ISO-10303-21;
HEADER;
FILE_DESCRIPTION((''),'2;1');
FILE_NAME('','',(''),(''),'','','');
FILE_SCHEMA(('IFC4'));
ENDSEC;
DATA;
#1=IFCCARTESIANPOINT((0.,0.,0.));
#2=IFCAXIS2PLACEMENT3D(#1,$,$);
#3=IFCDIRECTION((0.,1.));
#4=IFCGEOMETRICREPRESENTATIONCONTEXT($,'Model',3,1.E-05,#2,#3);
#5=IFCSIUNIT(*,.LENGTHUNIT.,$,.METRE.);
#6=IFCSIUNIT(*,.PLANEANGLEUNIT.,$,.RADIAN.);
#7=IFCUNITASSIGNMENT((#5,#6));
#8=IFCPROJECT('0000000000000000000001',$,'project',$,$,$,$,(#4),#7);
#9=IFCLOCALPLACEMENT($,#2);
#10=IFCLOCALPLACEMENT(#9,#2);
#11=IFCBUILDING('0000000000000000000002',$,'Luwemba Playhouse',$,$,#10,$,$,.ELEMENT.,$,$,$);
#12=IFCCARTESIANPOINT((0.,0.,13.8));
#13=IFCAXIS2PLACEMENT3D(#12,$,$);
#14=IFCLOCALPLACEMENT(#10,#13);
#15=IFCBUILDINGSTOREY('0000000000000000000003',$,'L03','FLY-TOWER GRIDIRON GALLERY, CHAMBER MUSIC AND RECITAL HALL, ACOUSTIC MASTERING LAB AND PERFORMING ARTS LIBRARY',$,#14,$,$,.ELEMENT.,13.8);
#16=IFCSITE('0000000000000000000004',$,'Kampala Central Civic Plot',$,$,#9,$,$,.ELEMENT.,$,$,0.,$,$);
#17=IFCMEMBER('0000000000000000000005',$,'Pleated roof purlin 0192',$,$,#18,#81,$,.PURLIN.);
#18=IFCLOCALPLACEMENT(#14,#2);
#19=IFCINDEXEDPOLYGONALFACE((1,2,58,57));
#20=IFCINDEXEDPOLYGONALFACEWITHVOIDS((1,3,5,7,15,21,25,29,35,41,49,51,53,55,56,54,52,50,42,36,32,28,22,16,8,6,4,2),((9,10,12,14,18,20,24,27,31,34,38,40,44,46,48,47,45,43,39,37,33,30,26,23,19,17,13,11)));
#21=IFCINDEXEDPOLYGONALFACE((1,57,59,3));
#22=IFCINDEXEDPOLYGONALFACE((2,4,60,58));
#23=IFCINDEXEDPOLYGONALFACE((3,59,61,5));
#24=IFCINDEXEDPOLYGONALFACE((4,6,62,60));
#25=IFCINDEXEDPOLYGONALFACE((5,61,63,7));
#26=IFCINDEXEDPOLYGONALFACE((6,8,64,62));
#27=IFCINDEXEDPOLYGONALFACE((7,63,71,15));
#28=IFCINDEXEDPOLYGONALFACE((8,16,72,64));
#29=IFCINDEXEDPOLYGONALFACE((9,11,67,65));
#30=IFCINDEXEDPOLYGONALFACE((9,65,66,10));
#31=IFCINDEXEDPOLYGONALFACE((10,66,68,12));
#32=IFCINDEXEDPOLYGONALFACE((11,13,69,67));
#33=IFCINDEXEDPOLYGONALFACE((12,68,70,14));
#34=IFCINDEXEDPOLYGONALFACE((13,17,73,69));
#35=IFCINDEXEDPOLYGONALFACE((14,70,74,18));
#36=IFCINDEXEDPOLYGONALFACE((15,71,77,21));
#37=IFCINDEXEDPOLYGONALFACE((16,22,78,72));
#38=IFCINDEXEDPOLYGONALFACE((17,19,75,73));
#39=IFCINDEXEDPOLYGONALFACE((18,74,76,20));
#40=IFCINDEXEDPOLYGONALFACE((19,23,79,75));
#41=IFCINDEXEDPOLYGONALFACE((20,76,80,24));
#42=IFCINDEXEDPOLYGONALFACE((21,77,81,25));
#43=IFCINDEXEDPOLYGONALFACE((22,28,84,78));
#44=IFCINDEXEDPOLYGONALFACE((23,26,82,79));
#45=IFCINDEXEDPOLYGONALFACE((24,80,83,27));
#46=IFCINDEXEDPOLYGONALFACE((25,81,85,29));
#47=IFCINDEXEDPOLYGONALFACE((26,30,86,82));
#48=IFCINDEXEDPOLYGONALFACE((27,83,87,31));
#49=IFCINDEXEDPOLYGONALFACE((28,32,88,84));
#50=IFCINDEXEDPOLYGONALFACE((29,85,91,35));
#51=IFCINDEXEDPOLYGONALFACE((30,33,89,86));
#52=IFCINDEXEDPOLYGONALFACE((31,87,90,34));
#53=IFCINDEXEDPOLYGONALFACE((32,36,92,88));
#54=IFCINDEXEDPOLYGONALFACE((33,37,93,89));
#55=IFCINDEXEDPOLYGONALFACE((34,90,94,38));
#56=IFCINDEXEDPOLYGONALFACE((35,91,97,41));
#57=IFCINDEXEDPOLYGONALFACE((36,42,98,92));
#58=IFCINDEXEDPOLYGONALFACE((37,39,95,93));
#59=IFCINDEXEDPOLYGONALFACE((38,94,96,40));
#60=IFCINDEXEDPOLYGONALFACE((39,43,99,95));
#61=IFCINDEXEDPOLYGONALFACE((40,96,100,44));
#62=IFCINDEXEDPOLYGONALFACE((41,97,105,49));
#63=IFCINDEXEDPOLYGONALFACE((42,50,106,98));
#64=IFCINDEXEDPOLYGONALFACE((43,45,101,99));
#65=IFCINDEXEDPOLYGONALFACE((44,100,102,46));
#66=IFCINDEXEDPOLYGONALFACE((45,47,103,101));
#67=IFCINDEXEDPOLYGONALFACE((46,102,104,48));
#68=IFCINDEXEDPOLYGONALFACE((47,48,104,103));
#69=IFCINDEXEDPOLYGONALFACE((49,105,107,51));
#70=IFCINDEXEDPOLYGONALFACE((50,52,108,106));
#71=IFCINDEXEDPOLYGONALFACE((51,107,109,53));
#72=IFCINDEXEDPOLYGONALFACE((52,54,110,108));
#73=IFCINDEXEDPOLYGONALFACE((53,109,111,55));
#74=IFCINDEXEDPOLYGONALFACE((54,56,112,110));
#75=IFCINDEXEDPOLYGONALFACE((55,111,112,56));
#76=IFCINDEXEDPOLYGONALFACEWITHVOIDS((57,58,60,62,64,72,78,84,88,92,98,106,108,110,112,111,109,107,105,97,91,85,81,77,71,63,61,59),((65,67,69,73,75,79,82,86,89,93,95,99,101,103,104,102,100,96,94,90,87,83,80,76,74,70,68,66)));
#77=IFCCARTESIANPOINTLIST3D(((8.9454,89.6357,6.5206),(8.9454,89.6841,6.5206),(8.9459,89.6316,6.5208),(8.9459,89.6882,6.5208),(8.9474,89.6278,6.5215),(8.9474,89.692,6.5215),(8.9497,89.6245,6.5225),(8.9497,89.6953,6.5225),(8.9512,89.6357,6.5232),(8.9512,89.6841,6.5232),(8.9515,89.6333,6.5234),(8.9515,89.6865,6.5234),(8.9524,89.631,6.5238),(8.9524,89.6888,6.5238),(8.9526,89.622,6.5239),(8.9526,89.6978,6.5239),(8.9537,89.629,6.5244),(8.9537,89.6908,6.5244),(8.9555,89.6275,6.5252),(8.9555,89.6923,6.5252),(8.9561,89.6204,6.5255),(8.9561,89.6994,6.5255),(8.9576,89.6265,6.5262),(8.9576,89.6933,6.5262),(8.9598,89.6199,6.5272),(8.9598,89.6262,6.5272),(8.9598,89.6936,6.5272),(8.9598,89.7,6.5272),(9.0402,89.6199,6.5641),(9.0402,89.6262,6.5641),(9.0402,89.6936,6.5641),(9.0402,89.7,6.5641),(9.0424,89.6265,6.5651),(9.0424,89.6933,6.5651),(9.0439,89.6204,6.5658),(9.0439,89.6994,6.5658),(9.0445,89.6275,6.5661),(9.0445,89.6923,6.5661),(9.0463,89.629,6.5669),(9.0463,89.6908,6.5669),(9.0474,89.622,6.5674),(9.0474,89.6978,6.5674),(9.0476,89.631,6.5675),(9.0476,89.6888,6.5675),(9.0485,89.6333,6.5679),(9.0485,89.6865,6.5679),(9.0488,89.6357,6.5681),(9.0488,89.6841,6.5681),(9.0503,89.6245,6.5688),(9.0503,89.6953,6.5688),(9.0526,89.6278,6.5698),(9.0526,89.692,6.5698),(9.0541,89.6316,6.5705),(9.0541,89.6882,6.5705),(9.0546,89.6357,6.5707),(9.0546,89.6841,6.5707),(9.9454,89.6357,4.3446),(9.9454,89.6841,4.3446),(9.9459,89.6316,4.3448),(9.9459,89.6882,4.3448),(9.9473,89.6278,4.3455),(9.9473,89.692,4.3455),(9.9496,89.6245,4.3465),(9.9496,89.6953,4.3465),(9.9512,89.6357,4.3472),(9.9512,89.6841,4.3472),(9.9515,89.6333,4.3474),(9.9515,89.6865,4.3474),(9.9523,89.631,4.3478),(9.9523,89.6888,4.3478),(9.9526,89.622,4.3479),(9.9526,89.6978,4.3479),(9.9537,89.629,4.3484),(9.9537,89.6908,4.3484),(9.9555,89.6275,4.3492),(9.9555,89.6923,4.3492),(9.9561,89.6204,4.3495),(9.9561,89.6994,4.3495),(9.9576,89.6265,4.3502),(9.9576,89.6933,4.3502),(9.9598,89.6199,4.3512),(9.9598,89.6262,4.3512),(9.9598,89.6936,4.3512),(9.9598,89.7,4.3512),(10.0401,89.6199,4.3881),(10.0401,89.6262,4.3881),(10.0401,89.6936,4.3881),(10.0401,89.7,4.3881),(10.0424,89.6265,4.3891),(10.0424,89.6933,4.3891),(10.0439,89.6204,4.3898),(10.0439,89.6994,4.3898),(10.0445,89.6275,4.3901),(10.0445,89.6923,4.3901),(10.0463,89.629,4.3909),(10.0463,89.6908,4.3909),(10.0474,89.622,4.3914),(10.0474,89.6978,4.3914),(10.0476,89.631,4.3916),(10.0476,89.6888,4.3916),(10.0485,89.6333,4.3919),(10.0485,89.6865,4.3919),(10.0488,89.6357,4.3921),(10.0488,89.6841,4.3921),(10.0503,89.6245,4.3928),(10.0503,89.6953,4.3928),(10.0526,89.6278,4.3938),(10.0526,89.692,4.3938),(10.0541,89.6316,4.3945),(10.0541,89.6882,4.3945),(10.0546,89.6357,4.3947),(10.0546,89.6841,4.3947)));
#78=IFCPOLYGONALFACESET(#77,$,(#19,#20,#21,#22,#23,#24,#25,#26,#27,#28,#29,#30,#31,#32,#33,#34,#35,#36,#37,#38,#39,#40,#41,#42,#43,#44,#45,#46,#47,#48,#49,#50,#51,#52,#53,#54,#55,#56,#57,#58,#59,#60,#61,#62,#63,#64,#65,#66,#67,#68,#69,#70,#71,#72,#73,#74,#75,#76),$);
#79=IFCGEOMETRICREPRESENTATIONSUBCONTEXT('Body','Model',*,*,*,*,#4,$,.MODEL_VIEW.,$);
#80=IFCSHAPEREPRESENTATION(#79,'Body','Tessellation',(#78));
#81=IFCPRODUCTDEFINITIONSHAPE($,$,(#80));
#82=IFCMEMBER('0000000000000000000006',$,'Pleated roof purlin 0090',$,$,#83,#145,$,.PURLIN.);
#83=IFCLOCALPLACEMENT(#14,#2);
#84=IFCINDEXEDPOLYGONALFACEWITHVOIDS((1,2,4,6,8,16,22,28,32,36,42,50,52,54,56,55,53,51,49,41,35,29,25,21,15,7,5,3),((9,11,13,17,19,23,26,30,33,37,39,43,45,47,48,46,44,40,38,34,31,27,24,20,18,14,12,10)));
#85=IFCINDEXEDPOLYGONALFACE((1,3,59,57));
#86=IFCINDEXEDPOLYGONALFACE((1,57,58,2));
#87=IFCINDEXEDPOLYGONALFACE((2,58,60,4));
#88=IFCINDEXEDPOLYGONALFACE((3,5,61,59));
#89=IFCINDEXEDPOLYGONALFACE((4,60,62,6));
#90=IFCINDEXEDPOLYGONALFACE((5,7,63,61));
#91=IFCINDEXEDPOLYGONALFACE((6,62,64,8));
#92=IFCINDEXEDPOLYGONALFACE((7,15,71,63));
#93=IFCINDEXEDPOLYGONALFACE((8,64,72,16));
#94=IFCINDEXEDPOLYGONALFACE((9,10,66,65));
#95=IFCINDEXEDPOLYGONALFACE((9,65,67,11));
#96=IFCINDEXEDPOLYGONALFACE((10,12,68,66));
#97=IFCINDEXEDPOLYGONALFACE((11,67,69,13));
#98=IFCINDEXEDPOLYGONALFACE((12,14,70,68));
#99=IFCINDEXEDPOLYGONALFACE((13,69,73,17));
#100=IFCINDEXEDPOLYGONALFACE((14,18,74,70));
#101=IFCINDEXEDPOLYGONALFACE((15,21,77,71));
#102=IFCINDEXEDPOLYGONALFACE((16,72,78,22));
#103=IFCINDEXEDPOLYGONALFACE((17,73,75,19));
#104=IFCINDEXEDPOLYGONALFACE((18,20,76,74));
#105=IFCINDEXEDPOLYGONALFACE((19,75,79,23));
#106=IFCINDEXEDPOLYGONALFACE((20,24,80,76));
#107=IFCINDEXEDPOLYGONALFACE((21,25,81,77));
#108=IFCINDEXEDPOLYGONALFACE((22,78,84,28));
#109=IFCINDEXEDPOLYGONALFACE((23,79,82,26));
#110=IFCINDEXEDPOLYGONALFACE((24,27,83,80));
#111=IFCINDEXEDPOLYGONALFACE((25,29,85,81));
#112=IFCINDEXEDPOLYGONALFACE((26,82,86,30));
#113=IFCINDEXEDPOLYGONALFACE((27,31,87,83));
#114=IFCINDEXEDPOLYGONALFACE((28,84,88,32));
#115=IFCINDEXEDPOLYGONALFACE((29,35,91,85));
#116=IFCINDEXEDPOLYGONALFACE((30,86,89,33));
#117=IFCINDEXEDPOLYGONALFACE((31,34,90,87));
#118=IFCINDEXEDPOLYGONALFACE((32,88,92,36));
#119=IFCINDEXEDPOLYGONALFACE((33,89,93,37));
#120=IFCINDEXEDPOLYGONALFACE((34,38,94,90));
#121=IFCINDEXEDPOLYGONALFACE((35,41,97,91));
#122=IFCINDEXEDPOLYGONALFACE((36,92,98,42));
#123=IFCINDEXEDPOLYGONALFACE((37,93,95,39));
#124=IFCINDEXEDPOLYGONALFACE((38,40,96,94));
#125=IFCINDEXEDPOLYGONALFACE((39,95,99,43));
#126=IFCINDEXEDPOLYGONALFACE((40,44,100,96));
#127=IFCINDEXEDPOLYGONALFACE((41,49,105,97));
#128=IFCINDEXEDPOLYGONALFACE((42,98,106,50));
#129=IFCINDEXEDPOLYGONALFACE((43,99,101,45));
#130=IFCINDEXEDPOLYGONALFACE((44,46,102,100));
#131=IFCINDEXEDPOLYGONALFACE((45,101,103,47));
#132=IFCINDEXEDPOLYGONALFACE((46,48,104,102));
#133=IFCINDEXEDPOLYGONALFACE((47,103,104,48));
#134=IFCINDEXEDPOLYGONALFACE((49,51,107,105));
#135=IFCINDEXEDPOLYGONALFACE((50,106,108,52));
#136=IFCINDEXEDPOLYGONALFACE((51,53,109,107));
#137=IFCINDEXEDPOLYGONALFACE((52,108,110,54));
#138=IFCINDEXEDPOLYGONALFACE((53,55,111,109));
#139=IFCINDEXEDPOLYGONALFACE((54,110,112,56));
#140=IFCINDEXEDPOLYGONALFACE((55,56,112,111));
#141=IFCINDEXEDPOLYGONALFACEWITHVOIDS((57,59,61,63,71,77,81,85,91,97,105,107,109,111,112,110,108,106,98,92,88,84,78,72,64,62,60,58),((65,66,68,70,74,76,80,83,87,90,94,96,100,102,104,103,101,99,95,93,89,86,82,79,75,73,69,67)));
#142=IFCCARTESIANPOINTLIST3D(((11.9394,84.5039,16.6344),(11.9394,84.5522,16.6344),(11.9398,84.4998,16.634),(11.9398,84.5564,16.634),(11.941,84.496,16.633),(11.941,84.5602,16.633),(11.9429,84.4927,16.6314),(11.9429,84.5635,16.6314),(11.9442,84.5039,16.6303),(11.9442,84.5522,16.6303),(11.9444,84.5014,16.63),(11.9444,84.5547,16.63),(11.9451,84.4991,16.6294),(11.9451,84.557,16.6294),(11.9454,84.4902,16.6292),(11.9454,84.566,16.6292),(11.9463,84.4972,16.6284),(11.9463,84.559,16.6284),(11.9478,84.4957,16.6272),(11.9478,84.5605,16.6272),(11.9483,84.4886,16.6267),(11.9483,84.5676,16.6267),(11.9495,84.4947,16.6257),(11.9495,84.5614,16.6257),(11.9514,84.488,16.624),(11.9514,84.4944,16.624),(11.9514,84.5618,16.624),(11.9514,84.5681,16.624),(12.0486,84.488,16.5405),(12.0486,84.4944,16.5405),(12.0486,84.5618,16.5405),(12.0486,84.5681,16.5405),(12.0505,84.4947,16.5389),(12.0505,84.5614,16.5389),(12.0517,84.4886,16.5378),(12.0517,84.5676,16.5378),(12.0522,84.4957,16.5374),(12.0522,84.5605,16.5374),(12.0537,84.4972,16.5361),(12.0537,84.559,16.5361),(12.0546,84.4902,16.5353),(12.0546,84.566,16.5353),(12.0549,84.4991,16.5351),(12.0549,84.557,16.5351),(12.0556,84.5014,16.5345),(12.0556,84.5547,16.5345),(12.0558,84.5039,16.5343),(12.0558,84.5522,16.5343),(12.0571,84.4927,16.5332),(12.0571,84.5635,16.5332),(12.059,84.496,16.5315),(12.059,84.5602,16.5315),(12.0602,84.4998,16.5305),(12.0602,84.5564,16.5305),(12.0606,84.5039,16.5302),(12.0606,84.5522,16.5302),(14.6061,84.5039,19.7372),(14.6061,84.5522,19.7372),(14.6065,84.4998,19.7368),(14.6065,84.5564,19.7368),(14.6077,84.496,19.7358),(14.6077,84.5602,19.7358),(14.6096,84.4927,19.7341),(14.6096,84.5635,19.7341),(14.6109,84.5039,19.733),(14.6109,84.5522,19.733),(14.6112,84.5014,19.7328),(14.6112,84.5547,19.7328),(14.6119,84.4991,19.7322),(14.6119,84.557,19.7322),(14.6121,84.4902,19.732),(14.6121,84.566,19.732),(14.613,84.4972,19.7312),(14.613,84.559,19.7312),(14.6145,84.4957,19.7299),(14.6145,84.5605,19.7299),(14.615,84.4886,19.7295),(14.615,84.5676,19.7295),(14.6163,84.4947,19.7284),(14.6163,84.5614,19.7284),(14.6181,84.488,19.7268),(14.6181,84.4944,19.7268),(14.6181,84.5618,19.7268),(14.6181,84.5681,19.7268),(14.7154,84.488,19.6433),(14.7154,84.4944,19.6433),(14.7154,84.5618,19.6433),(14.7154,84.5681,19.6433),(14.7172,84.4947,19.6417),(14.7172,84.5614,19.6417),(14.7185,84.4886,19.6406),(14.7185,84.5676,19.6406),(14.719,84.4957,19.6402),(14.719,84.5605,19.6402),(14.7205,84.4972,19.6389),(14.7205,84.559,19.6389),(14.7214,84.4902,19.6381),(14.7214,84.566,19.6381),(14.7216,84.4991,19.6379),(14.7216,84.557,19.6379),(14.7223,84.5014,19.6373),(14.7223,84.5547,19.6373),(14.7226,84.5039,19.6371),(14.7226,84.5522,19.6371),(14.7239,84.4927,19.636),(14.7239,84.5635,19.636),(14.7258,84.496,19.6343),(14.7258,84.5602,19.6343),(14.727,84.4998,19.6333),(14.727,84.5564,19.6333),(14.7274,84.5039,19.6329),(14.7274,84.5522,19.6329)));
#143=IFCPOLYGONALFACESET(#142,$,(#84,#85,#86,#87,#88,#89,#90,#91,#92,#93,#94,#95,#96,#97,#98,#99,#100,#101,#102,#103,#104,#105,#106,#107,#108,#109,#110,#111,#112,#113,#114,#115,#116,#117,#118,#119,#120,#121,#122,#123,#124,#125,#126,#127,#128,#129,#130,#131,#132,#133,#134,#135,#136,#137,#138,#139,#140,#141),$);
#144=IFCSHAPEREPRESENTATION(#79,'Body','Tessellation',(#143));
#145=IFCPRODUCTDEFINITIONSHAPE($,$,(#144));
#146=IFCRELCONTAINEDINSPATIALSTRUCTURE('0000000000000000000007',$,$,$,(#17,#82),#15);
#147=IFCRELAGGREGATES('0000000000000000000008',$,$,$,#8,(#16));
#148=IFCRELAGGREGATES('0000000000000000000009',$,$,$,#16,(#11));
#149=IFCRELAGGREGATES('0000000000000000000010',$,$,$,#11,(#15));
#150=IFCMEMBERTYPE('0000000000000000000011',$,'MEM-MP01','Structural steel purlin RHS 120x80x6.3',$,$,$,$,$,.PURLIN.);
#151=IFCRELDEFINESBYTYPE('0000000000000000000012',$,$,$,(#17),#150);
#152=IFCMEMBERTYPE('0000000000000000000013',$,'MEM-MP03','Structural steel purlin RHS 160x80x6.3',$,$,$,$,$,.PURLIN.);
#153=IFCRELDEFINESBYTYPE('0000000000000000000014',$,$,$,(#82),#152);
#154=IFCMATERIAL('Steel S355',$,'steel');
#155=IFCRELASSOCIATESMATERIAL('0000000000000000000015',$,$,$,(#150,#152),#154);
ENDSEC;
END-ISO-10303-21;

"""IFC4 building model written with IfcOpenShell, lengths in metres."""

from ifc_helpers import new_model, si_unit, direction, frame, origin, origin_2d, place, context, subcontext, project, spatial, hollow_rectangle, extrude, material, material_profile, profile_set, type_object, element, save


model = new_model("IFC4")

# Units and contexts
model_context = context("Model", 3, precision=1e-05, world=origin(), true_north=direction((0.0, 1.0)))
body_context = subcontext(model_context, "Body", "Model", "MODEL_VIEW")
ifc_project = project(units=[si_unit("LENGTHUNIT", "METRE"), si_unit("PLANEANGLEUNIT", "RADIAN")], contexts=[model_context])

# Site, building, storey
site_placement = place(None, origin())
site = spatial("IfcSite", under=ifc_project, at=site_placement, Name="Kampala Central Civic Plot", CompositionType="ELEMENT", RefElevation=0.0)
building_placement = place(site_placement, origin())
building = spatial("IfcBuilding", under=site, at=building_placement, Name="Luwemba Playhouse", CompositionType="ELEMENT")
storey_placement = place(building_placement, frame((0.0, 0.0, 13.8)))
storey = spatial("IfcBuildingStorey", under=building, at=storey_placement, Name="L03", Description="FLY-TOWER GRIDIRON GALLERY, CHAMBER MUSIC AND RECITAL HALL, ACOUSTIC MASTERING LAB AND PERFORMING ARTS LIBRARY", CompositionType="ELEMENT", Elevation=13.8)

# Shared definitions
ifc_material_1 = material(Name="Steel S355", Category="steel")

# Members
ifc_material_profile_1 = material_profile(ifc_material_1, hollow_rectangle(XDim=0.0801, YDim=0.1201, WallThickness=0.0063, InnerFilletRadius=0.0095, OuterFilletRadius=0.0159, at=origin_2d()))
ifc_profile_set_1 = profile_set([ifc_material_profile_1], Name="Steel S355")
member_type_1 = type_object("IfcMemberType", Name="MEM-MP01", Description="Structural steel purlin RHS 120x80x6.3", PredefinedType="PURLIN", material=ifc_profile_set_1)
for number, where, z_axis, x_axis, name in (
    (1, (9.0, 89.6599, 6.5457), (0.417571, 0.0, -0.908644), (0.0, 1.0, 0.0), "Pleated roof purlin 0192"),
):
    element("IfcMember", number, at=place(storey_placement, frame(where, z_axis=z_axis, x_axis=x_axis)), inside=storey, type_object=member_type_1, Name=name, PredefinedType="PURLIN", context=body_context, shape_type="SweptSolid", body=[
        extrude(hollow_rectangle(XDim=0.0801, YDim=0.1201, WallThickness=0.0063, InnerFilletRadius=0.0095, OuterFilletRadius=0.0159, at=origin_2d()), origin(), (0.0, 0.0, 1.0), 2.3948),
    ])
ifc_material_profile_2 = material_profile(ifc_material_1, hollow_rectangle(XDim=0.0801, YDim=0.1599, WallThickness=0.0063, InnerFilletRadius=0.0095, OuterFilletRadius=0.0159, at=origin_2d()))
ifc_profile_set_2 = profile_set([ifc_material_profile_2], Name="Steel S355")
member_type_2 = type_object("IfcMemberType", Name="MEM-MP03", Description="Structural steel purlin RHS 160x80x6.3", PredefinedType="PURLIN", material=ifc_profile_set_2)
member_1_placement = place(storey_placement, frame((12.0, 84.5281, 16.5823), z_axis=(0.651808, 0.0, 0.758384), x_axis=(0.0, 1.0, 0.0)))
element("IfcMember", 2, at=member_1_placement, inside=storey, type_object=member_type_2, Name="Pleated roof purlin 0090", PredefinedType="PURLIN", context=body_context, shape_type="SweptSolid", body=[
    extrude(hollow_rectangle(XDim=0.0801, YDim=0.1599, WallThickness=0.0063, InnerFilletRadius=0.0095, OuterFilletRadius=0.0159, at=origin_2d()), origin(), (0.0, 0.0, 1.0), 4.0913),
])

save(model, "model.ifc")
